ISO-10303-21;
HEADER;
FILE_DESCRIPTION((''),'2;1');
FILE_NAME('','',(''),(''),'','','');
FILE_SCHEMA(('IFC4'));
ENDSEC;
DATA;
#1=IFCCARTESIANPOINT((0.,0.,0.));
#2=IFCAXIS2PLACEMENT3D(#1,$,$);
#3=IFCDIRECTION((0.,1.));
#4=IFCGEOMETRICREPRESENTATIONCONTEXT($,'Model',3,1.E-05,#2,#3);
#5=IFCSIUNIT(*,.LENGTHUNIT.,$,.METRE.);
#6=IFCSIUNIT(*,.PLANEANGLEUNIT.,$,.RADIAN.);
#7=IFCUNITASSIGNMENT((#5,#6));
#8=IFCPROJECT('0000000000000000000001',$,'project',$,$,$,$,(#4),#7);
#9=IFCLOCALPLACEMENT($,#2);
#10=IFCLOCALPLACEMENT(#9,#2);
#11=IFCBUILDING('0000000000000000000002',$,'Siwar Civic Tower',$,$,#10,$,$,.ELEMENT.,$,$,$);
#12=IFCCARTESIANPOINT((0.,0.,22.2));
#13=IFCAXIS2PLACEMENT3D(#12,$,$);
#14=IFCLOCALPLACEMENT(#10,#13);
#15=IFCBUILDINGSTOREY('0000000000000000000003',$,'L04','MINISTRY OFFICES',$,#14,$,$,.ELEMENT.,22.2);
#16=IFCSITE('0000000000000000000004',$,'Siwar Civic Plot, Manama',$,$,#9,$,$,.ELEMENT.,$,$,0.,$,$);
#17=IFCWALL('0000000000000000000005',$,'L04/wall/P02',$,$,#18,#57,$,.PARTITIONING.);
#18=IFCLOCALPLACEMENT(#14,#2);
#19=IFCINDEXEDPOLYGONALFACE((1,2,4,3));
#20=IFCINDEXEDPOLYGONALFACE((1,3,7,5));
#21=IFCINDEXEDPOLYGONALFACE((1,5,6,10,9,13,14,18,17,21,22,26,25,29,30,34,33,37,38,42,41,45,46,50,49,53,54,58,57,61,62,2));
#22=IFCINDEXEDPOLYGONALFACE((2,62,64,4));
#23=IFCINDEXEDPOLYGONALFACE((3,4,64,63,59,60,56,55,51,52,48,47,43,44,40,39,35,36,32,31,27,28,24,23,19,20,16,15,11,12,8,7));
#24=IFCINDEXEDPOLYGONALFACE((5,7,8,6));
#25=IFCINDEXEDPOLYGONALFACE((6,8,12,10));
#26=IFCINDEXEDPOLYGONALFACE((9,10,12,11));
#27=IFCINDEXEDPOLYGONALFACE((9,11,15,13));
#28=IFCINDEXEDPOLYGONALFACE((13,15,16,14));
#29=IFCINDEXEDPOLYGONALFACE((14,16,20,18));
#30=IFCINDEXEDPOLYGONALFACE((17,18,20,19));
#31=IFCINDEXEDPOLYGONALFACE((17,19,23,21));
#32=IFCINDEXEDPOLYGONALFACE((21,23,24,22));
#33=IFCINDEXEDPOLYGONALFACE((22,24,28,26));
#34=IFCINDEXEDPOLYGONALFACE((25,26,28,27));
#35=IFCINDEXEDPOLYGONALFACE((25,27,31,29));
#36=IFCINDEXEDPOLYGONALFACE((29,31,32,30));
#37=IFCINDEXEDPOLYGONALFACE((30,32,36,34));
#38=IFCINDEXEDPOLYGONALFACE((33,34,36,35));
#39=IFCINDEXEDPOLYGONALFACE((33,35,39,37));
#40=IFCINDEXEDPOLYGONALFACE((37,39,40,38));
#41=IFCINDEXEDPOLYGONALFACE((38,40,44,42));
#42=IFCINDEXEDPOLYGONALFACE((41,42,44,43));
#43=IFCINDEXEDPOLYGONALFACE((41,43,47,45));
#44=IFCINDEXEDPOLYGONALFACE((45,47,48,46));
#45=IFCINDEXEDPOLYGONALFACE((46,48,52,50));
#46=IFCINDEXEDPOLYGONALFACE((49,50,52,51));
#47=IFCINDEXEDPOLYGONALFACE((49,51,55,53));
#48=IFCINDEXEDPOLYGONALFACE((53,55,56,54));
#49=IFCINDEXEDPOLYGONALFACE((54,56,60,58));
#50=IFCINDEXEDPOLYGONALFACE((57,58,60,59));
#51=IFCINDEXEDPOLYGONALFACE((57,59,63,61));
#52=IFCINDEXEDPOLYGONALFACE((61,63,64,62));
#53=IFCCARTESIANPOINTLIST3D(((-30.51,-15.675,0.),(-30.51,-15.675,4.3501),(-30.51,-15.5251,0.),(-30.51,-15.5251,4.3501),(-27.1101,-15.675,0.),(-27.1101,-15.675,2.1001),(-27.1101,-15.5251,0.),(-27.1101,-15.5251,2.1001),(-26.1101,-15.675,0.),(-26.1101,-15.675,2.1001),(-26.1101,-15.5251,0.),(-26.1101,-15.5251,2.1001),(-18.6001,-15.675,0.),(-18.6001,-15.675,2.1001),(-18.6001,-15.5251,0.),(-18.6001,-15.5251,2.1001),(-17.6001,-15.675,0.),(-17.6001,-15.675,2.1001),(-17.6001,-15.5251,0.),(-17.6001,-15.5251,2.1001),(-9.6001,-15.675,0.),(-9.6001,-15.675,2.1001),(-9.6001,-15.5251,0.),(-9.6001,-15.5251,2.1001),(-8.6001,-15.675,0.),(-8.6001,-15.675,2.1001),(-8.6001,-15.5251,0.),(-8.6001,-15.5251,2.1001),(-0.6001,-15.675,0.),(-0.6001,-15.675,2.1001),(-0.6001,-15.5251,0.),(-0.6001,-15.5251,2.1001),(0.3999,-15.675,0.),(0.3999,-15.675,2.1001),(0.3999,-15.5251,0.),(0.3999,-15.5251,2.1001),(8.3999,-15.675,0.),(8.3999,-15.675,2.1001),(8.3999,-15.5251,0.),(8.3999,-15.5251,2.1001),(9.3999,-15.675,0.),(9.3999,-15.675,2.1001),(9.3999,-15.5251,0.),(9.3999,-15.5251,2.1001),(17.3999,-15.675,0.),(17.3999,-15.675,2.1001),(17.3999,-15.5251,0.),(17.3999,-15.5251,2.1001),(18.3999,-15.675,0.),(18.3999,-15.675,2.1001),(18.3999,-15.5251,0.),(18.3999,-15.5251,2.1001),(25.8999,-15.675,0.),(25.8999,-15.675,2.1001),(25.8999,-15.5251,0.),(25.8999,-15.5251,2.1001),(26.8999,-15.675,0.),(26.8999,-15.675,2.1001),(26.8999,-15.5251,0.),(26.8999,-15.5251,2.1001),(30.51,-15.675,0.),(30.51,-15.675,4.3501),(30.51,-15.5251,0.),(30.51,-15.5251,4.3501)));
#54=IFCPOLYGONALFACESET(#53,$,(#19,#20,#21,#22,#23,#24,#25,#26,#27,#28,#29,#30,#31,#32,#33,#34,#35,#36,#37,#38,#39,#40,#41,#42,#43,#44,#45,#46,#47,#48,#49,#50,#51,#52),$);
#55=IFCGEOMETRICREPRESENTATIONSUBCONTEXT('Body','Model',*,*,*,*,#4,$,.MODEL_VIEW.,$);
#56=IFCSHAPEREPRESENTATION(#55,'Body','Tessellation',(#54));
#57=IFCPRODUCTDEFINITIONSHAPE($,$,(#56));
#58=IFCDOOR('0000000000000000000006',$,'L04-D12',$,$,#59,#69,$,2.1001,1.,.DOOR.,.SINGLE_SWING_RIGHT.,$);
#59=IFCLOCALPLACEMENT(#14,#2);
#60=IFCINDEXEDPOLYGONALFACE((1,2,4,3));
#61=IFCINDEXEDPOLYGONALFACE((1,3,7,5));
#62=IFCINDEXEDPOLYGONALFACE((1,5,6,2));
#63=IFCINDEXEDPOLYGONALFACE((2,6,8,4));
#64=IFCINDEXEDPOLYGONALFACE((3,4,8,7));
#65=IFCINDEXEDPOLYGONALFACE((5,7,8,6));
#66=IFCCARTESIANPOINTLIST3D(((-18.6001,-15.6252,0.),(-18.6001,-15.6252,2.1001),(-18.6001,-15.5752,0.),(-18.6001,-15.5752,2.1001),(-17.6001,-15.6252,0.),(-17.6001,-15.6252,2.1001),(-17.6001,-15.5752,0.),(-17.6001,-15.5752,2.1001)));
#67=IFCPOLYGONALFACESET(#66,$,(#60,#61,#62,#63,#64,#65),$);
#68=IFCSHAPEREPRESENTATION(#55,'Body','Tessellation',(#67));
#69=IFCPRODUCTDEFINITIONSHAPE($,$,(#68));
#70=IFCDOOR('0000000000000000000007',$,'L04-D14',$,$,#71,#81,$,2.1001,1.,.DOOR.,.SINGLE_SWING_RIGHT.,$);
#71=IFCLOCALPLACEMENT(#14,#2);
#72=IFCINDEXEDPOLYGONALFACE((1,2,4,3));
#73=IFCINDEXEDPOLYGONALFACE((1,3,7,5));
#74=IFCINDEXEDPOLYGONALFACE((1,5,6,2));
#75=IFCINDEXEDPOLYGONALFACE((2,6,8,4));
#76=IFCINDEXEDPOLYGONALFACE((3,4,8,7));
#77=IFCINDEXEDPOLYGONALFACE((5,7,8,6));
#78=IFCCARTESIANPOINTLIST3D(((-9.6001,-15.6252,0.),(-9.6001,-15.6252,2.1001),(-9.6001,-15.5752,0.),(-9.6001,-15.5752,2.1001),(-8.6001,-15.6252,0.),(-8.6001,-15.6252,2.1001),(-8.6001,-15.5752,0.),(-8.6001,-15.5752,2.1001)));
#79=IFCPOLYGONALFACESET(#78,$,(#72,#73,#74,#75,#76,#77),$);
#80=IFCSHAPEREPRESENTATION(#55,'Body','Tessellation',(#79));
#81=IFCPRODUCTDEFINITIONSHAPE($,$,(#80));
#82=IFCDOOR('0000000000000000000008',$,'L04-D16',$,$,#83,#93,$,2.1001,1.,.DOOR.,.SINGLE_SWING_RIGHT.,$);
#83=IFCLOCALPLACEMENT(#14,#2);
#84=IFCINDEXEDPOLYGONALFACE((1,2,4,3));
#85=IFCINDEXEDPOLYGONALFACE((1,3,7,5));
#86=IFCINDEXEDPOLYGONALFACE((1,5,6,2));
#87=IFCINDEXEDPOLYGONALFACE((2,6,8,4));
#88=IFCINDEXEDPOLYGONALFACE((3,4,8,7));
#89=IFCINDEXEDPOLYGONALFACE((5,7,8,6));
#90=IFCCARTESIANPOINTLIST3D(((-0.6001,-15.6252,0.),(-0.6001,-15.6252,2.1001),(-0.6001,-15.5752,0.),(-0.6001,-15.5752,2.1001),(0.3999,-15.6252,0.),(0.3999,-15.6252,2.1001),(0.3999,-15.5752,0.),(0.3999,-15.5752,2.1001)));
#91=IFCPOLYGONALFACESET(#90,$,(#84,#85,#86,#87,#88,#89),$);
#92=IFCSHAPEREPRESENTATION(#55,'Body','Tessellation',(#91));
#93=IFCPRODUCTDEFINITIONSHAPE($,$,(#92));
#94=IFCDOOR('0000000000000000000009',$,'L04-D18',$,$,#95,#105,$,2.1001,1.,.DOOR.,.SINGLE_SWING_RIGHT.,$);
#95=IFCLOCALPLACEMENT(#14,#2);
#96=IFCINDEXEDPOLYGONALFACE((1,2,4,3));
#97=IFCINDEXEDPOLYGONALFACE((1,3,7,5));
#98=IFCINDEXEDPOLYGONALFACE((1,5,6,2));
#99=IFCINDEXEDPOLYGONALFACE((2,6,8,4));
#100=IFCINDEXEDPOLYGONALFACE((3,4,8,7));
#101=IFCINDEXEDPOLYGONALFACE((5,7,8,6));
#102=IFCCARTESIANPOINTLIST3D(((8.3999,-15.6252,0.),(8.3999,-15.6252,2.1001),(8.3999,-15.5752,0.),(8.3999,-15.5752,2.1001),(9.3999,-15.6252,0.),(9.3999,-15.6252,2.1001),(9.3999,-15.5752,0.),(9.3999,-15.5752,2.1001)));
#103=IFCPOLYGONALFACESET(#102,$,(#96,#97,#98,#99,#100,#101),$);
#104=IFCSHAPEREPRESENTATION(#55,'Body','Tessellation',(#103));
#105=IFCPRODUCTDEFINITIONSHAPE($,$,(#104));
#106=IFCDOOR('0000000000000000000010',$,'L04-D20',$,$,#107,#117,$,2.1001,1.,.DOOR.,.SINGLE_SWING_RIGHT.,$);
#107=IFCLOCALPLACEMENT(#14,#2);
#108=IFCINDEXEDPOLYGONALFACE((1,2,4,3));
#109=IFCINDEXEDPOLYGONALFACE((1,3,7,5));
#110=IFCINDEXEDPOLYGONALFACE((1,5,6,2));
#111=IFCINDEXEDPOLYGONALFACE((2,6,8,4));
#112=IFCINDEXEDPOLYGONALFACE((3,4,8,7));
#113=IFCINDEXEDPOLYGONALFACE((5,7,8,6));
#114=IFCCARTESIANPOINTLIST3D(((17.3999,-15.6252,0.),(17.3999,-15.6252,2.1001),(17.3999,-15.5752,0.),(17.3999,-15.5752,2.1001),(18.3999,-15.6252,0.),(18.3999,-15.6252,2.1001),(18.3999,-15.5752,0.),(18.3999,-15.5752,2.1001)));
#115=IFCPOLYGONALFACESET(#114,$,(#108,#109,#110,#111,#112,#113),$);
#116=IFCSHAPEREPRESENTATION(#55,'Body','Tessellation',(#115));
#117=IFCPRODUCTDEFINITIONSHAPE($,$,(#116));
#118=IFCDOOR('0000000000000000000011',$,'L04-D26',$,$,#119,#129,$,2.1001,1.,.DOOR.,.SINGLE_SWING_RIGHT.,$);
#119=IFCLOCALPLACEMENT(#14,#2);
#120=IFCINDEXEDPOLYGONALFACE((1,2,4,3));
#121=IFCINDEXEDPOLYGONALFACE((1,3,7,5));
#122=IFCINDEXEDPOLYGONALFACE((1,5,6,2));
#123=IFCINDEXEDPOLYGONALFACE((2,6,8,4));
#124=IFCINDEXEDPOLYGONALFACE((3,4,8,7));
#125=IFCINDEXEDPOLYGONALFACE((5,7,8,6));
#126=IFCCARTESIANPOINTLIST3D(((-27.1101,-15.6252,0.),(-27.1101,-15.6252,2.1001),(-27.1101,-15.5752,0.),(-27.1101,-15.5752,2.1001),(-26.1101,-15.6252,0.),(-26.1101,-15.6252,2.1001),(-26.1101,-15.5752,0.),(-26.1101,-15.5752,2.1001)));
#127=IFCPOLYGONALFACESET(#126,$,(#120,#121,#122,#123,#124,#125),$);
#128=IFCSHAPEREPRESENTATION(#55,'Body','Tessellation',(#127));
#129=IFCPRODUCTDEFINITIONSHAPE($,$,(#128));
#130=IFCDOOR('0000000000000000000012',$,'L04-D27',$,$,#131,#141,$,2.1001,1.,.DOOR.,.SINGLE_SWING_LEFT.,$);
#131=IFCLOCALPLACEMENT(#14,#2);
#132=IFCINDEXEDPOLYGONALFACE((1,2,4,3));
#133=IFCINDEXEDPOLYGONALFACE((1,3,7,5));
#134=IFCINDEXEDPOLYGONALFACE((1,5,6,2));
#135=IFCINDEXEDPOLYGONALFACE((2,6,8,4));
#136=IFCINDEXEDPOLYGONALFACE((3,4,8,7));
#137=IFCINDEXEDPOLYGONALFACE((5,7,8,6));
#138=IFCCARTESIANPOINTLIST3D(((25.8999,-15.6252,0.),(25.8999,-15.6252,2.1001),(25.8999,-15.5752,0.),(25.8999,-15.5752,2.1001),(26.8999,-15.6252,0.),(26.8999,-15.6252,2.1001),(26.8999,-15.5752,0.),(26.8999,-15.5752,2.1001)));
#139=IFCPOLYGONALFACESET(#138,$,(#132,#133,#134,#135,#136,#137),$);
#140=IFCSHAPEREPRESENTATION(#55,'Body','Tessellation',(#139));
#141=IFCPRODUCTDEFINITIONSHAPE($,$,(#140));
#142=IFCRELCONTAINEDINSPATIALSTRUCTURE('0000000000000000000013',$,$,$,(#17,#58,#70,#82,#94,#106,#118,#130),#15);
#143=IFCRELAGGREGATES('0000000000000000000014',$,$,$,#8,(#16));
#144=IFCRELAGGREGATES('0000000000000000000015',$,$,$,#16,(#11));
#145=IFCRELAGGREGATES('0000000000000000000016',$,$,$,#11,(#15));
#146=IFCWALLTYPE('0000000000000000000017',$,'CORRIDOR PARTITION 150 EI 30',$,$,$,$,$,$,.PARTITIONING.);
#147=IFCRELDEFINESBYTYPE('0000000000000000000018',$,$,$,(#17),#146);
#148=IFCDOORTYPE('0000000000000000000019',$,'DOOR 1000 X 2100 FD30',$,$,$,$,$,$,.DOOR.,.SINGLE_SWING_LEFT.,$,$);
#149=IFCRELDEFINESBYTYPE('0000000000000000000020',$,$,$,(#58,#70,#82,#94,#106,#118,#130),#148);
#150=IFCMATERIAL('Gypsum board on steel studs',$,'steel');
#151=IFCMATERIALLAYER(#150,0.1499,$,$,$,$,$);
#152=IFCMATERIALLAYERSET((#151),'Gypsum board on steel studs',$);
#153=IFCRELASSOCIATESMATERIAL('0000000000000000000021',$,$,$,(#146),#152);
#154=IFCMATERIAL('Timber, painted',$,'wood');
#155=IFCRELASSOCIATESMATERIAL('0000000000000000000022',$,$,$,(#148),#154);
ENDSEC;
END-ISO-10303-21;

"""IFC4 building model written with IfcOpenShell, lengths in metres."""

from ifc_helpers import new_model, si_unit, direction, frame, frame_2d, origin, place, context, subcontext, project, spatial, rectangle, extrude, material, layer, layer_set, type_object, element, fill, save


model = new_model("IFC4")

# Units and contexts
model_context = context("Model", 3, precision=1e-05, world=origin(), true_north=direction((0.0, 1.0)))
body_context = subcontext(model_context, "Body", "Model", "MODEL_VIEW")
ifc_project = project(units=[si_unit("LENGTHUNIT", "METRE"), si_unit("PLANEANGLEUNIT", "RADIAN")], contexts=[model_context])

# Site, building, storey
site_placement = place(None, origin())
site = spatial("IfcSite", under=ifc_project, at=site_placement, Name="Siwar Civic Plot, Manama", CompositionType="ELEMENT", RefElevation=0.0)
building_placement = place(site_placement, origin())
building = spatial("IfcBuilding", under=site, at=building_placement, Name="Siwar Civic Tower", CompositionType="ELEMENT")
storey_placement = place(building_placement, frame((0.0, 0.0, 22.2)))
storey = spatial("IfcBuildingStorey", under=building, at=storey_placement, Name="L04", Description="MINISTRY OFFICES", CompositionType="ELEMENT", Elevation=22.2)

# Wall, openings, doors
ifc_material_1 = material(Name="Gypsum board on steel studs", Category="steel")
ifc_layer_1 = layer(ifc_material_1, 0.1499)
ifc_layer_set_1 = layer_set([ifc_layer_1], Name="Gypsum board on steel studs")
wall_type_1 = type_object("IfcWallType", Name="CORRIDOR PARTITION 150 EI 30", PredefinedType="PARTITIONING", material=ifc_layer_set_1)
wall_1_placement = place(storey_placement, frame((-30.51, -15.6001, 0.0), z_axis=(0.0, 0.0, 1.0), x_axis=(1.0, 0.0, 0.0)))
wall_1 = element("IfcWall", 1, at=wall_1_placement, inside=storey, type_object=wall_type_1, Name="L04/wall/P02", PredefinedType="PARTITIONING", context=body_context, shape_type="SweptSolid", body=[
    extrude(rectangle(XDim=61.02, YDim=0.1499, at=frame_2d((30.51, 0.0))), origin(), (0.0, 0.0, 1.0), 4.3501),
])
opening_1_placement = place(wall_1_placement, frame((11.9099, 0.0, 0.0)))
opening_1 = element("IfcOpeningElement", 2, at=opening_1_placement, cuts=wall_1, PredefinedType="OPENING", context=body_context, shape_type="SweptSolid", body=[
    extrude(rectangle(XDim=1.0, YDim=2.1001, at=frame_2d((0.5, 1.05))), frame((0.0, 0.085, 0.0), z_axis=(0.0, -1.0, 0.0), x_axis=(1.0, 0.0, 0.0)), (0.0, 0.0, 1.0), 0.1699),
])
opening_2_placement = place(wall_1_placement, frame((20.9099, 0.0, 0.0)))
opening_2 = element("IfcOpeningElement", 3, at=opening_2_placement, cuts=wall_1, PredefinedType="OPENING", context=body_context, shape_type="SweptSolid", body=[
    extrude(rectangle(XDim=1.0, YDim=2.1001, at=frame_2d((0.5, 1.05))), frame((0.0, 0.085, 0.0), z_axis=(0.0, -1.0, 0.0), x_axis=(1.0, 0.0, 0.0)), (0.0, 0.0, 1.0), 0.1699),
])
opening_3_placement = place(wall_1_placement, frame((29.9099, 0.0, 0.0)))
opening_3 = element("IfcOpeningElement", 4, at=opening_3_placement, cuts=wall_1, PredefinedType="OPENING", context=body_context, shape_type="SweptSolid", body=[
    extrude(rectangle(XDim=1.0, YDim=2.1001, at=frame_2d((0.5, 1.05))), frame((0.0, 0.085, 0.0), z_axis=(0.0, -1.0, 0.0), x_axis=(1.0, 0.0, 0.0)), (0.0, 0.0, 1.0), 0.1699),
])
opening_4_placement = place(wall_1_placement, frame((38.9099, 0.0, 0.0)))
opening_4 = element("IfcOpeningElement", 5, at=opening_4_placement, cuts=wall_1, PredefinedType="OPENING", context=body_context, shape_type="SweptSolid", body=[
    extrude(rectangle(XDim=1.0, YDim=2.1001, at=frame_2d((0.5, 1.05))), frame((0.0, 0.085, 0.0), z_axis=(0.0, -1.0, 0.0), x_axis=(1.0, 0.0, 0.0)), (0.0, 0.0, 1.0), 0.1699),
])
opening_5_placement = place(wall_1_placement, frame((47.9099, 0.0, 0.0)))
opening_5 = element("IfcOpeningElement", 6, at=opening_5_placement, cuts=wall_1, PredefinedType="OPENING", context=body_context, shape_type="SweptSolid", body=[
    extrude(rectangle(XDim=1.0, YDim=2.1001, at=frame_2d((0.5, 1.05))), frame((0.0, 0.085, 0.0), z_axis=(0.0, -1.0, 0.0), x_axis=(1.0, 0.0, 0.0)), (0.0, 0.0, 1.0), 0.1699),
])
opening_6_placement = place(wall_1_placement, frame((3.3999, 0.0, 0.0)))
opening_6 = element("IfcOpeningElement", 7, at=opening_6_placement, cuts=wall_1, PredefinedType="OPENING", context=body_context, shape_type="SweptSolid", body=[
    extrude(rectangle(XDim=1.0, YDim=2.1001, at=frame_2d((0.5, 1.05))), frame((0.0, 0.085, 0.0), z_axis=(0.0, -1.0, 0.0), x_axis=(1.0, 0.0, 0.0)), (0.0, 0.0, 1.0), 0.1699),
])
opening_7_placement = place(wall_1_placement, frame((56.4099, 0.0, 0.0)))
opening_7 = element("IfcOpeningElement", 8, at=opening_7_placement, cuts=wall_1, PredefinedType="OPENING", context=body_context, shape_type="SweptSolid", body=[
    extrude(rectangle(XDim=1.0, YDim=2.1001, at=frame_2d((0.5, 1.05))), frame((0.0, 0.085, 0.0), z_axis=(0.0, -1.0, 0.0), x_axis=(1.0, 0.0, 0.0)), (0.0, 0.0, 1.0), 0.1699),
])
ifc_material_2 = material(Name="Timber, painted", Category="wood")
door_type_1 = type_object("IfcDoorType", Name="DOOR 1000 X 2100 FD30", OperationType="SINGLE_SWING_LEFT", PredefinedType="DOOR", material=ifc_material_2)
door_1_placement = place(opening_1_placement, origin())
door_1 = element("IfcDoor", 9, at=door_1_placement, inside=storey, type_object=door_type_1, Name="L04-D12", OperationType="SINGLE_SWING_RIGHT", OverallHeight=2.1001, OverallWidth=1.0, PredefinedType="DOOR", context=body_context, shape_type="SweptSolid", body=[
    extrude(rectangle(XDim=1.0, YDim=2.1001, at=frame_2d((0.5, 1.05))), frame((0.0, 0.0249, 0.0), z_axis=(0.0, -1.0, 0.0), x_axis=(1.0, 0.0, 0.0)), (0.0, 0.0, 1.0), 0.05),
])
fill(opening_1, door_1)
door_2_placement = place(opening_2_placement, origin())
door_2 = element("IfcDoor", 10, at=door_2_placement, inside=storey, type_object=door_type_1, Name="L04-D14", OperationType="SINGLE_SWING_RIGHT", OverallHeight=2.1001, OverallWidth=1.0, PredefinedType="DOOR", context=body_context, shape_type="SweptSolid", body=[
    extrude(rectangle(XDim=1.0, YDim=2.1001, at=frame_2d((0.5, 1.05))), frame((0.0, 0.0249, 0.0), z_axis=(0.0, -1.0, 0.0), x_axis=(1.0, 0.0, 0.0)), (0.0, 0.0, 1.0), 0.05),
])
fill(opening_2, door_2)
door_3_placement = place(opening_3_placement, origin())
door_3 = element("IfcDoor", 11, at=door_3_placement, inside=storey, type_object=door_type_1, Name="L04-D16", OperationType="SINGLE_SWING_RIGHT", OverallHeight=2.1001, OverallWidth=1.0, PredefinedType="DOOR", context=body_context, shape_type="SweptSolid", body=[
    extrude(rectangle(XDim=1.0, YDim=2.1001, at=frame_2d((0.5, 1.05))), frame((0.0, 0.0249, 0.0), z_axis=(0.0, -1.0, 0.0), x_axis=(1.0, 0.0, 0.0)), (0.0, 0.0, 1.0), 0.05),
])
fill(opening_3, door_3)
door_4_placement = place(opening_4_placement, origin())
door_4 = element("IfcDoor", 12, at=door_4_placement, inside=storey, type_object=door_type_1, Name="L04-D18", OperationType="SINGLE_SWING_RIGHT", OverallHeight=2.1001, OverallWidth=1.0, PredefinedType="DOOR", context=body_context, shape_type="SweptSolid", body=[
    extrude(rectangle(XDim=1.0, YDim=2.1001, at=frame_2d((0.5, 1.05))), frame((0.0, 0.0249, 0.0), z_axis=(0.0, -1.0, 0.0), x_axis=(1.0, 0.0, 0.0)), (0.0, 0.0, 1.0), 0.05),
])
fill(opening_4, door_4)
door_5_placement = place(opening_5_placement, origin())
door_5 = element("IfcDoor", 13, at=door_5_placement, inside=storey, type_object=door_type_1, Name="L04-D20", OperationType="SINGLE_SWING_RIGHT", OverallHeight=2.1001, OverallWidth=1.0, PredefinedType="DOOR", context=body_context, shape_type="SweptSolid", body=[
    extrude(rectangle(XDim=1.0, YDim=2.1001, at=frame_2d((0.5, 1.05))), frame((0.0, 0.0249, 0.0), z_axis=(0.0, -1.0, 0.0), x_axis=(1.0, 0.0, 0.0)), (0.0, 0.0, 1.0), 0.05),
])
fill(opening_5, door_5)
door_6_placement = place(opening_6_placement, origin())
door_6 = element("IfcDoor", 14, at=door_6_placement, inside=storey, type_object=door_type_1, Name="L04-D26", OperationType="SINGLE_SWING_RIGHT", OverallHeight=2.1001, OverallWidth=1.0, PredefinedType="DOOR", context=body_context, shape_type="SweptSolid", body=[
    extrude(rectangle(XDim=1.0, YDim=2.1001, at=frame_2d((0.5, 1.05))), frame((0.0, 0.0249, 0.0), z_axis=(0.0, -1.0, 0.0), x_axis=(1.0, 0.0, 0.0)), (0.0, 0.0, 1.0), 0.05),
])
fill(opening_6, door_6)
door_7_placement = place(opening_7_placement, origin())
door_7 = element("IfcDoor", 15, at=door_7_placement, inside=storey, type_object=door_type_1, Name="L04-D27", OperationType="SINGLE_SWING_LEFT", OverallHeight=2.1001, OverallWidth=1.0, PredefinedType="DOOR", context=body_context, shape_type="SweptSolid", body=[
    extrude(rectangle(XDim=1.0, YDim=2.1001, at=frame_2d((0.5, 1.05))), frame((0.0, 0.0249, 0.0), z_axis=(0.0, -1.0, 0.0), x_axis=(1.0, 0.0, 0.0)), (0.0, 0.0, 1.0), 0.05),
])
fill(opening_7, door_7)

save(model, "model.ifc")
